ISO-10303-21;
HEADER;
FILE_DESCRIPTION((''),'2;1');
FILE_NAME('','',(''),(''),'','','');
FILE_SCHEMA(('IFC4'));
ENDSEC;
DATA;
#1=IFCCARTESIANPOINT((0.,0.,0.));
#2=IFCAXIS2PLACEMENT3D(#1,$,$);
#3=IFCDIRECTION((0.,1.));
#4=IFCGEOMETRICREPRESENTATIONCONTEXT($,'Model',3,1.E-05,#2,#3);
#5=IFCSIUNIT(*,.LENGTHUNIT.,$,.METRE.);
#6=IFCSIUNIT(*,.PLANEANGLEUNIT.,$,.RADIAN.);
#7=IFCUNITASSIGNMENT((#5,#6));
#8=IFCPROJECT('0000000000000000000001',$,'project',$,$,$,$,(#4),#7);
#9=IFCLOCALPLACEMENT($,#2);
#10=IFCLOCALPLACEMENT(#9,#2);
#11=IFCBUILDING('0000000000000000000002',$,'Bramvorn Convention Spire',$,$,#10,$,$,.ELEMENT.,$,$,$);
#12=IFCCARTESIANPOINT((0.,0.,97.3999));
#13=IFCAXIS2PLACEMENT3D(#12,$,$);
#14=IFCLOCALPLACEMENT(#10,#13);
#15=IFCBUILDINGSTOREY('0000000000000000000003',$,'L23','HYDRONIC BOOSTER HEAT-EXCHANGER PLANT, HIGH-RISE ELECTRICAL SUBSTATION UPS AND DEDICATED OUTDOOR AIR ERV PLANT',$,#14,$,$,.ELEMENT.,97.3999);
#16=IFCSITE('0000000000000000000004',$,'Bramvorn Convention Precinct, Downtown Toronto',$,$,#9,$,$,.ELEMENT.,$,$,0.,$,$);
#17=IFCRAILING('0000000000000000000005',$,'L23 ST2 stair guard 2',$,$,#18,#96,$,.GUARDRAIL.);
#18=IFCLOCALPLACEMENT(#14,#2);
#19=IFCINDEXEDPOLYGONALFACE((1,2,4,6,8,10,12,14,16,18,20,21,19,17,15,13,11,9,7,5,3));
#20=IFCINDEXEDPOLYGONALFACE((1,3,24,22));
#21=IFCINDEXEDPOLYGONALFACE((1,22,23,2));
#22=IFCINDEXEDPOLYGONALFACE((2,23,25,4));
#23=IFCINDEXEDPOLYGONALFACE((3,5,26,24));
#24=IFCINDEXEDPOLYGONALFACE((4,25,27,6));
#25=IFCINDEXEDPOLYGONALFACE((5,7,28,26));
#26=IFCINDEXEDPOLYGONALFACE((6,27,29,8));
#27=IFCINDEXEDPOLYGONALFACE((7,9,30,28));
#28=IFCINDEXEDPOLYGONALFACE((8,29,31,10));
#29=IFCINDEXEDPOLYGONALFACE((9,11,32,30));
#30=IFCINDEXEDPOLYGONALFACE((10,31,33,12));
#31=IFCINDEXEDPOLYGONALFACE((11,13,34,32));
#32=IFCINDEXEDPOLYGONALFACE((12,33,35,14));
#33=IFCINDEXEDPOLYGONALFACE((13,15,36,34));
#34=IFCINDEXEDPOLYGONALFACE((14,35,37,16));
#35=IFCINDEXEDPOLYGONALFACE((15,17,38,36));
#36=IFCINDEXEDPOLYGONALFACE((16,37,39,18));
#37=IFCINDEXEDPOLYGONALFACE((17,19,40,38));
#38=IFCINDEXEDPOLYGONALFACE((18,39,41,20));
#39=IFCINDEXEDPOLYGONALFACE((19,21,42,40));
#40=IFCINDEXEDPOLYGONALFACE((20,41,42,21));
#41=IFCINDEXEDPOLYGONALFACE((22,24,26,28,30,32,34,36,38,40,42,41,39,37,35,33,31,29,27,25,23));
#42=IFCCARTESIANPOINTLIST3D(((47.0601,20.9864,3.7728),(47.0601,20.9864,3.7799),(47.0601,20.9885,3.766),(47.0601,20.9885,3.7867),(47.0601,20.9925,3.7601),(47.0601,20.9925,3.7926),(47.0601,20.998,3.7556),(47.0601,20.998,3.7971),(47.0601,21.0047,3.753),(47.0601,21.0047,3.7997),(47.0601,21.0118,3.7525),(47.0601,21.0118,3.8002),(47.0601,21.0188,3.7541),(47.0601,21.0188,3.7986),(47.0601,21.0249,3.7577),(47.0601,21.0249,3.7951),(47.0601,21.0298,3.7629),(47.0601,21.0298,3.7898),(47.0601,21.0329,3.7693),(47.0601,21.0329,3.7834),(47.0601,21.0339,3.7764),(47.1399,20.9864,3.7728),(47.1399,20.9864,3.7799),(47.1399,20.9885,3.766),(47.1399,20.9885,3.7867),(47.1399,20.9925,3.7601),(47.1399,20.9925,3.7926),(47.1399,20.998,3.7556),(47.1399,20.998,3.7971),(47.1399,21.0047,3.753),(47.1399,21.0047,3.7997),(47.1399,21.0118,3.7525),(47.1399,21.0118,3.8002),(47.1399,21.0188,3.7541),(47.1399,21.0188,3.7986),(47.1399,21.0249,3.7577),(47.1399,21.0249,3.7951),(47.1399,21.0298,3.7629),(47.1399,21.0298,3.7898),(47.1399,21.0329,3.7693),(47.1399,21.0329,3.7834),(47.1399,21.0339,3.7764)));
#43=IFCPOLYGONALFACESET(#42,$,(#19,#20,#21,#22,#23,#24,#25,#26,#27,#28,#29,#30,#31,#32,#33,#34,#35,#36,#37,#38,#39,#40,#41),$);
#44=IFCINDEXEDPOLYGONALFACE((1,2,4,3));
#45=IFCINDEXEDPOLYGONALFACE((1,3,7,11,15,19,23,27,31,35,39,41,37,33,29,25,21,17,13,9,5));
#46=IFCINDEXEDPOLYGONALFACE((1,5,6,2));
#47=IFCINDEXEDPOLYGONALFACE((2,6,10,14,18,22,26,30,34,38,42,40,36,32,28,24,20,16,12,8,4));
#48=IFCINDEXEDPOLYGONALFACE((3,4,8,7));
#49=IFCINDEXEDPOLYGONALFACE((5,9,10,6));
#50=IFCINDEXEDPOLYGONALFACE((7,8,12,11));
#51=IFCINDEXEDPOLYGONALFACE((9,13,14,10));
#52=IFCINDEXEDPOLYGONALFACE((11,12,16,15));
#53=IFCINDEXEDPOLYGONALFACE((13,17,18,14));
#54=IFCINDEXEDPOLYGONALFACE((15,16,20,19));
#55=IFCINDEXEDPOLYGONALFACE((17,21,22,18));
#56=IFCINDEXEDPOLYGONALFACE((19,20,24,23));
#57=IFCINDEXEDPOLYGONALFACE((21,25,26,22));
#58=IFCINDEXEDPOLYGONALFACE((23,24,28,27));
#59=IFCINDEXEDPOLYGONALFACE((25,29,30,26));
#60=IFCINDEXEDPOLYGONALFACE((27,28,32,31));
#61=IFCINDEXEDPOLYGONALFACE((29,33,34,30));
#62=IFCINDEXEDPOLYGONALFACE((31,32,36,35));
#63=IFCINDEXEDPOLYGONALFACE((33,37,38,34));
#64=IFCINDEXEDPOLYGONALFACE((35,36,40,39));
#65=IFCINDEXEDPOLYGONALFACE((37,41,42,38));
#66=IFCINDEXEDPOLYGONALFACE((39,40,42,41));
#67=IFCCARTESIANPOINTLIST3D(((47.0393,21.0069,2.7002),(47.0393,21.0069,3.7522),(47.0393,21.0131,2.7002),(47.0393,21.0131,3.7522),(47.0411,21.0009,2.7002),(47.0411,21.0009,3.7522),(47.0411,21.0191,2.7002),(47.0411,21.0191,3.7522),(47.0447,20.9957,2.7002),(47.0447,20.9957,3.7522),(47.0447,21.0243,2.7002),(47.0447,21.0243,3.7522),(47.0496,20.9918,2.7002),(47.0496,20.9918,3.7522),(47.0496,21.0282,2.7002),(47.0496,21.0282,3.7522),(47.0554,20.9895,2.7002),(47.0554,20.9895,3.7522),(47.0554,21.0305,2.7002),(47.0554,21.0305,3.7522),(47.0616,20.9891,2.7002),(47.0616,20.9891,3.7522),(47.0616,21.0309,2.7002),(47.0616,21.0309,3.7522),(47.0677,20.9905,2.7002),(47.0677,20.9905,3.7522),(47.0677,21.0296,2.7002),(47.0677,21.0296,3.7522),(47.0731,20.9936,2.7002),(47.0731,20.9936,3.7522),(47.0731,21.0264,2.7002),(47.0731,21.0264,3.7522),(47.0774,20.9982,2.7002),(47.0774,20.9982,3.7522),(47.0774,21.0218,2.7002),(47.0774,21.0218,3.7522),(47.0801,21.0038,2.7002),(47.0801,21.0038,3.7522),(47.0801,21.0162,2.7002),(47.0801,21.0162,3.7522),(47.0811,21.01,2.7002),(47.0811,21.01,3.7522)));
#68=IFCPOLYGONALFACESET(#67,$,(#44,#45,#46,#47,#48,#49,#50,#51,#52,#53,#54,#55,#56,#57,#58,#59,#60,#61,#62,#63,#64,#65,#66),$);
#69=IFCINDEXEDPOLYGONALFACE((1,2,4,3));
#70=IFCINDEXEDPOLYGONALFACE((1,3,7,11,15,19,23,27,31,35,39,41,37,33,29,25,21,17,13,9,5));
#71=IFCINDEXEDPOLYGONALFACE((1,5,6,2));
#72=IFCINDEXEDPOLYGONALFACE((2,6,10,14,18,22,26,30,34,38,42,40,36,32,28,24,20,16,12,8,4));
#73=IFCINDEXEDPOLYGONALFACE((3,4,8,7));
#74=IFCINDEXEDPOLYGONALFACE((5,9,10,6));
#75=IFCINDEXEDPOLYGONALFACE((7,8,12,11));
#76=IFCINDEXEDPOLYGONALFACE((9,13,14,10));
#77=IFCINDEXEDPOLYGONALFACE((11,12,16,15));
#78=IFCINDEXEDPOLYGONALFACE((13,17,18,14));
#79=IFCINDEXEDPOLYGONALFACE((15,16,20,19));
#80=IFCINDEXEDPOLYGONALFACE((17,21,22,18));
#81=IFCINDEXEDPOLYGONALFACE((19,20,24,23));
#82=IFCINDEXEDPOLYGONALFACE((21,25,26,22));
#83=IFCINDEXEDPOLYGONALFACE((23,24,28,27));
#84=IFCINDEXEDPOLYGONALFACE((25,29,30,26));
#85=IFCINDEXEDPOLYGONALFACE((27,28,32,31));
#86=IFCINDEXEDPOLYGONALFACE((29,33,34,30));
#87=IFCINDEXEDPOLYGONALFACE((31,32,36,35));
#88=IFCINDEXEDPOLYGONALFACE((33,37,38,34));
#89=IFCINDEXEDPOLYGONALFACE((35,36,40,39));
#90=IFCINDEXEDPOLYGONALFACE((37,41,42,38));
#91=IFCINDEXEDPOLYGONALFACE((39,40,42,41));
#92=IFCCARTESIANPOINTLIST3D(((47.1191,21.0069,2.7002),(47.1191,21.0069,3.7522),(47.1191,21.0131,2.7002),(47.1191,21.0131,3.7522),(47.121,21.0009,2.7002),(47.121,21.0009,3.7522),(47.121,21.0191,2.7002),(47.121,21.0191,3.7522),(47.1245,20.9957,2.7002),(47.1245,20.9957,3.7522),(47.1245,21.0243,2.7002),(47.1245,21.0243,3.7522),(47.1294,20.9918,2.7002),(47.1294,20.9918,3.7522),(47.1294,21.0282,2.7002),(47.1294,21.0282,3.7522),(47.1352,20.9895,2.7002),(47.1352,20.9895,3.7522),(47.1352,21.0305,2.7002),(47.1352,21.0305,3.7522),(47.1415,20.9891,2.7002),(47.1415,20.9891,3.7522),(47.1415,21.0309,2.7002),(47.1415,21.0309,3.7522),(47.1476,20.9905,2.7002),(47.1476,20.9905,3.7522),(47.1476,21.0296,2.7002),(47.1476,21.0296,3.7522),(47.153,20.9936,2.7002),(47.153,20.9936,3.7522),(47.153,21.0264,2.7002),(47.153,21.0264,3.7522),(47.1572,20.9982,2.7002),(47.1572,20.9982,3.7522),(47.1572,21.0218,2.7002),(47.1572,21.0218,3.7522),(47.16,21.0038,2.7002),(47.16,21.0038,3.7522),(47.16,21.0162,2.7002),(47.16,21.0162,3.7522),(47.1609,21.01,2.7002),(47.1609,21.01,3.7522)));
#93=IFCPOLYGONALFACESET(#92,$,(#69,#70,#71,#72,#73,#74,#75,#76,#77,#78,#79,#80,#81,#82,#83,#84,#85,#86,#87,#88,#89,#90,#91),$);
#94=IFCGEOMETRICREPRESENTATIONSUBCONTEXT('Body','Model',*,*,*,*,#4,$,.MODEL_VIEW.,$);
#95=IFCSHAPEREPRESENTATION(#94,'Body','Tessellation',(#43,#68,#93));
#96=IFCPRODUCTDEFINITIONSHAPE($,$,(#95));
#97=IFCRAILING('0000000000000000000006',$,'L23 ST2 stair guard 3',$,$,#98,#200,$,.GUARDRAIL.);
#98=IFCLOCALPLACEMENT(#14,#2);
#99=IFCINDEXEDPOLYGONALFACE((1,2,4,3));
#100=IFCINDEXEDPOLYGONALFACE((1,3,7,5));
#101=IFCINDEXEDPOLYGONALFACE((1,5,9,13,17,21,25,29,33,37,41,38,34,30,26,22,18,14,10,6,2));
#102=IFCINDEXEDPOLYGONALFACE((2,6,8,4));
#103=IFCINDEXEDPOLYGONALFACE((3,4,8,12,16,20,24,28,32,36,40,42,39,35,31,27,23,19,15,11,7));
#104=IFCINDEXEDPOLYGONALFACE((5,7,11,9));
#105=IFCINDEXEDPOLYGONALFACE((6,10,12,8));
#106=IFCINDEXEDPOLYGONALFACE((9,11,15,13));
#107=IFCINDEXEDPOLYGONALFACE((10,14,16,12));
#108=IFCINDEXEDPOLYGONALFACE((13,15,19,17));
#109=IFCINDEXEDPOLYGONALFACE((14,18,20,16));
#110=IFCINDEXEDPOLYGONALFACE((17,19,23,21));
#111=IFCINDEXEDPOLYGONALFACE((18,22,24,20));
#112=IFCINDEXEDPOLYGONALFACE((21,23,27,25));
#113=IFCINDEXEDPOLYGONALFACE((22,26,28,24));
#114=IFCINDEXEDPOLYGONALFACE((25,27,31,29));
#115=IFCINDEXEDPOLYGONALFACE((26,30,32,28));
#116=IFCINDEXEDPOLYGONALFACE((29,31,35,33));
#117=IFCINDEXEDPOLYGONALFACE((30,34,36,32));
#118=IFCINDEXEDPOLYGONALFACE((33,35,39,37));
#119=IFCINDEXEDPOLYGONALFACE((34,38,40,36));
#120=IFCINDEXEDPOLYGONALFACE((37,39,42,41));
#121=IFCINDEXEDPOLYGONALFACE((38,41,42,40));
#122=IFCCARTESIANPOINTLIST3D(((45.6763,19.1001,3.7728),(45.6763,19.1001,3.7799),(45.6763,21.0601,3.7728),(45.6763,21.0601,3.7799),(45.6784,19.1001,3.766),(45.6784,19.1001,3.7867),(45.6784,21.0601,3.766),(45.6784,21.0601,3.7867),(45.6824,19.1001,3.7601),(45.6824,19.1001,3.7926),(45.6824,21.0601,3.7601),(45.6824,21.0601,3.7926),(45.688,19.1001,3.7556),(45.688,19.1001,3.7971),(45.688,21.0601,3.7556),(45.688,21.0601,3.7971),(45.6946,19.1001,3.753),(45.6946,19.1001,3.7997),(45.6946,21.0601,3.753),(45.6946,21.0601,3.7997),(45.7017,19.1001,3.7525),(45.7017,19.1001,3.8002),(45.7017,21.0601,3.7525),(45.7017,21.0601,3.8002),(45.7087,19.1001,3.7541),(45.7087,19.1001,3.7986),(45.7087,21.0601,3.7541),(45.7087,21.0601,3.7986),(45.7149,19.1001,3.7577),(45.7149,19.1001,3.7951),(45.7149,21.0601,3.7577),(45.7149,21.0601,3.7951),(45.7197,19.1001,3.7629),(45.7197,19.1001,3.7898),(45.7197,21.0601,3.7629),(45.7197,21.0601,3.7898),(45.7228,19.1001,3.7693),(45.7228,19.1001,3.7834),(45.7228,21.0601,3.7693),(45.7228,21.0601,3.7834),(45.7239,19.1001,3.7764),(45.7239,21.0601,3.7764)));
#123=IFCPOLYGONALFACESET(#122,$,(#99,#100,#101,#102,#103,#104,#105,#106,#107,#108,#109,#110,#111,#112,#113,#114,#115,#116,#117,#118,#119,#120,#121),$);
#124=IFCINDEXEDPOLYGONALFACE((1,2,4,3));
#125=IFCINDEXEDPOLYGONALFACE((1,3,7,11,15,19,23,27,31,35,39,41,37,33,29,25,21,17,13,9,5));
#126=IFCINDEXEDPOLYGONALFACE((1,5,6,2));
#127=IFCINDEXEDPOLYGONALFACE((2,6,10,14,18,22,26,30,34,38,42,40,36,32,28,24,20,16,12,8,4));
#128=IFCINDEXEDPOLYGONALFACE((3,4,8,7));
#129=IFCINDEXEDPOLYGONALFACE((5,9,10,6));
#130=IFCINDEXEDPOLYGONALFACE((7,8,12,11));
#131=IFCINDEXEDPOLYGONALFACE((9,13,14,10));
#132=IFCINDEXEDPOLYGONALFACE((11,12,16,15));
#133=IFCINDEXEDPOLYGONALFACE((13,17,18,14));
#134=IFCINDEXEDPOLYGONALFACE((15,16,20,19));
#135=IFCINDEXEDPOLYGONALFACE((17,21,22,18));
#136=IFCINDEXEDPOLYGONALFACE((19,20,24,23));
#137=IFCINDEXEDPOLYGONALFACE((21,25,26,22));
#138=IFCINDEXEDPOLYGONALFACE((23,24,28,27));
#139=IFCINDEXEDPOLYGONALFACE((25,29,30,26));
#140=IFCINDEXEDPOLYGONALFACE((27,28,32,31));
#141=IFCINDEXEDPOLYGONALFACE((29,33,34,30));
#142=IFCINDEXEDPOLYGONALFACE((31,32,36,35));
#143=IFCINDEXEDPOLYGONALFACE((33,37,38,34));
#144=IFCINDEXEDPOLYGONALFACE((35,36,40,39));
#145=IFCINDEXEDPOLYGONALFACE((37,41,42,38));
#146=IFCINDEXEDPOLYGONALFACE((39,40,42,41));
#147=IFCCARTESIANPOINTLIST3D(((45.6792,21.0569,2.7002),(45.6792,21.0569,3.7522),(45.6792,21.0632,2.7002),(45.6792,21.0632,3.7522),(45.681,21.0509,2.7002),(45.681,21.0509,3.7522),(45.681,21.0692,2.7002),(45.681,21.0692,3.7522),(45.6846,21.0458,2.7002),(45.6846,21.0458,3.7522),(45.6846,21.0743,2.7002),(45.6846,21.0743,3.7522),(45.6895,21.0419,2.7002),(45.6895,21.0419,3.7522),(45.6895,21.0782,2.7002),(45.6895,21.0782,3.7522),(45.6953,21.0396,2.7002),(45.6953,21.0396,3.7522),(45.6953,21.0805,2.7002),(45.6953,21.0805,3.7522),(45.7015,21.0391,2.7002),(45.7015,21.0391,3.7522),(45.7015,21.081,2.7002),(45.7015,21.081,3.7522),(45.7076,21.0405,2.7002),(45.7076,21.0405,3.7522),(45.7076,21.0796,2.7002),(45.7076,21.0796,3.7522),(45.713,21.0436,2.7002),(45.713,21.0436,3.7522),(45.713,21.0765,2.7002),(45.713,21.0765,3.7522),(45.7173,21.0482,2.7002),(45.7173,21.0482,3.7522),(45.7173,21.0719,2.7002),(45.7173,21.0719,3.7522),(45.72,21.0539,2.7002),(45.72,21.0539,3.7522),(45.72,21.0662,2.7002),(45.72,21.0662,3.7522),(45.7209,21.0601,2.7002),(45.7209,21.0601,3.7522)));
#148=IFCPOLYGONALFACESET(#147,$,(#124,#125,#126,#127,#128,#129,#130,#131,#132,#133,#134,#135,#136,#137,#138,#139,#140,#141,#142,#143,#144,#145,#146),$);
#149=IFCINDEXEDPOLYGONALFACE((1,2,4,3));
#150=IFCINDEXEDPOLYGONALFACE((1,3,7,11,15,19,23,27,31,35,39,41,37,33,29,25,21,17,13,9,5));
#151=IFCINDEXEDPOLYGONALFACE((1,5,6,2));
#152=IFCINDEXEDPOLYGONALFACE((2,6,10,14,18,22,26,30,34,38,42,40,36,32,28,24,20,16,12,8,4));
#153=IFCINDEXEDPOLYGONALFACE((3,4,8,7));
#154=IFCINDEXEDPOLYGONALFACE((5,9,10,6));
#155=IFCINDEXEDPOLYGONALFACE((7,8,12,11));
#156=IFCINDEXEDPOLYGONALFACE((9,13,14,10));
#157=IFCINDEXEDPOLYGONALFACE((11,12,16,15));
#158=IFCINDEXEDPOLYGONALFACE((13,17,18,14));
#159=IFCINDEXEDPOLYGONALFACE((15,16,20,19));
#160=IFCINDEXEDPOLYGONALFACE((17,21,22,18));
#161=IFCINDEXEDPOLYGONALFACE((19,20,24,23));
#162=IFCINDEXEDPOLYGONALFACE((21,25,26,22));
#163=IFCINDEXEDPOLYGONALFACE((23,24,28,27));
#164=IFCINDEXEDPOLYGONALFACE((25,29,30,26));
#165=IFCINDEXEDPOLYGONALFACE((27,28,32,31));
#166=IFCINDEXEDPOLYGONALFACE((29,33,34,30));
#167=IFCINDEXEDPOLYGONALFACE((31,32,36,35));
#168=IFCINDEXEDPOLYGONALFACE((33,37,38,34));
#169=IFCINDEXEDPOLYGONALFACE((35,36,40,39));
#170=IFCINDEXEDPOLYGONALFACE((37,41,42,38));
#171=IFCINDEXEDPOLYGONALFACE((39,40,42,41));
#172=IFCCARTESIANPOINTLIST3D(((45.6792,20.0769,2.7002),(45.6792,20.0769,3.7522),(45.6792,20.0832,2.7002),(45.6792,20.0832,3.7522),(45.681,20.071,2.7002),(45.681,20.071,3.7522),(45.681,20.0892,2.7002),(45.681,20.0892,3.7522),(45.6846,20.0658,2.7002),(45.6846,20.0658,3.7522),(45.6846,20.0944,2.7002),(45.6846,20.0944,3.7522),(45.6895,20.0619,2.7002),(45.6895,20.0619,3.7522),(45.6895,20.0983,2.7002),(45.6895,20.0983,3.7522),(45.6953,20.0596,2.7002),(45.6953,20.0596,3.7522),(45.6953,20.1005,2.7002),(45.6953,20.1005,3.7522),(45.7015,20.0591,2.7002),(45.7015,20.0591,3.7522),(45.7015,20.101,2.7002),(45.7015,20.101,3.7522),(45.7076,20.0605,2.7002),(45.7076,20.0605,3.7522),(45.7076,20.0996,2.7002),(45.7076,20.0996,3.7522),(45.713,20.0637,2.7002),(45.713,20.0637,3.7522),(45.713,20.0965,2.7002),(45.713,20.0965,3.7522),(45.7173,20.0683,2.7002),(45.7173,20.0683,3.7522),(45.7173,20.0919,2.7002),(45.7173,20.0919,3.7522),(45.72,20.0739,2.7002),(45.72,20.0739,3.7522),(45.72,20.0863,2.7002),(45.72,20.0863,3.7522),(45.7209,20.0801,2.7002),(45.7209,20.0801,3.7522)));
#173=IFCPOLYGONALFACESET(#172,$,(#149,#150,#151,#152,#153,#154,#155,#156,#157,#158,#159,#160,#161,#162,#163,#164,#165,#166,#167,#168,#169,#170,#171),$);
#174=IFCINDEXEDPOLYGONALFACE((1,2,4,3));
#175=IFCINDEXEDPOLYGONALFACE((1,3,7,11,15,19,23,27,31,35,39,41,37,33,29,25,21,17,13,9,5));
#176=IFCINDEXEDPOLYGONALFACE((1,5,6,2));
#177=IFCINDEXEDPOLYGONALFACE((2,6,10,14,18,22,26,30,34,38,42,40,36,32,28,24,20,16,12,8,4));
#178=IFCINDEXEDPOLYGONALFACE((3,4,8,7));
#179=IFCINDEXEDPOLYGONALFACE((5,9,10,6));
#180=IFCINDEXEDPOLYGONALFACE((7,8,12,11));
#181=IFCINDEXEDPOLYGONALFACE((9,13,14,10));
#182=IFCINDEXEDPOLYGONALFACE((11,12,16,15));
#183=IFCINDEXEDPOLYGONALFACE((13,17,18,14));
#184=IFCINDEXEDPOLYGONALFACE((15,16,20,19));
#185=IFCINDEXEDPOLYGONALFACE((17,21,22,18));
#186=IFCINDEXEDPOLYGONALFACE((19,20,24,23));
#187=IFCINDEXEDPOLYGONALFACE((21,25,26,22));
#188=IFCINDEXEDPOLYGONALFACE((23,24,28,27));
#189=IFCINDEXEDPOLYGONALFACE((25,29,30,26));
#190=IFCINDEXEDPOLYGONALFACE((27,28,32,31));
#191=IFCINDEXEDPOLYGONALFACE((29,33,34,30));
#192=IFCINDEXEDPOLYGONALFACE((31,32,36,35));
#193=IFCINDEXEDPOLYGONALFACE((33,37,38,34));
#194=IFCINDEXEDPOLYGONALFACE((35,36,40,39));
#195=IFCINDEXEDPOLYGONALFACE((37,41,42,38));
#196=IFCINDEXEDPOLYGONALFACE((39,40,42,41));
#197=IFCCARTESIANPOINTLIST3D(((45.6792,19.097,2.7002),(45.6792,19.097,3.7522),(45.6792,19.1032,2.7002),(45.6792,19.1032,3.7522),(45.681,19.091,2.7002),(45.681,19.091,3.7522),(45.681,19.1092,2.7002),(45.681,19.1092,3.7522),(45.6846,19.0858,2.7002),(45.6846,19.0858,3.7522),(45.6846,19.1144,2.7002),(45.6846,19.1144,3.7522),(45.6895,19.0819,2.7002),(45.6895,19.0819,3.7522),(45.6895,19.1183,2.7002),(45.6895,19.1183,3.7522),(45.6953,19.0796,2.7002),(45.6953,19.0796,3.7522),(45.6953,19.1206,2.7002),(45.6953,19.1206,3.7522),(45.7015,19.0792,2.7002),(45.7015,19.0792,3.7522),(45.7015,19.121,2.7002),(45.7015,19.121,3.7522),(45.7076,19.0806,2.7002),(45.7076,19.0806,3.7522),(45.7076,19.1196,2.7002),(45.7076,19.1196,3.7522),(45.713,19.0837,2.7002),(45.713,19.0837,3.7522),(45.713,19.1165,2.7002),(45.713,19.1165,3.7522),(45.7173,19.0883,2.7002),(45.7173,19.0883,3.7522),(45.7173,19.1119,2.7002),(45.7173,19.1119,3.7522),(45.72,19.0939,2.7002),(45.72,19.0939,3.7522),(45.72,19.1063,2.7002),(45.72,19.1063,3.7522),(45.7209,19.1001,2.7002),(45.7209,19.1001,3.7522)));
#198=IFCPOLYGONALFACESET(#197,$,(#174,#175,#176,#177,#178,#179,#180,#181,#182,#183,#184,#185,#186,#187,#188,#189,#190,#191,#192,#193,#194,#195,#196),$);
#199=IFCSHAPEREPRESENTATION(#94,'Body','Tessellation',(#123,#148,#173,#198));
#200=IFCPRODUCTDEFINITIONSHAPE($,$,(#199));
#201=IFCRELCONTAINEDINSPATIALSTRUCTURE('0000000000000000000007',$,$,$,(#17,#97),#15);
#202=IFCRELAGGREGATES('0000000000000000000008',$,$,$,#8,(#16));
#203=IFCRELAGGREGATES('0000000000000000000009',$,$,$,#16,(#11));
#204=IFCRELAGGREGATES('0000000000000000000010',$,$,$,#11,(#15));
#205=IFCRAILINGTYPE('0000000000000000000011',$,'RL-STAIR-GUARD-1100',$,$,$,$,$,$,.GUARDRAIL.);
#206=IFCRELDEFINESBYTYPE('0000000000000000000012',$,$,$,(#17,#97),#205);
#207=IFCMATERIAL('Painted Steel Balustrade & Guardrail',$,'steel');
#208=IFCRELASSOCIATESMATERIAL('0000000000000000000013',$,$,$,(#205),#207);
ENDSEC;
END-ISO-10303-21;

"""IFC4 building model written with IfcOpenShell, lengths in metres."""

from ifc_helpers import new_model, si_unit, direction, frame, origin, origin_2d, place, context, subcontext, project, spatial, circle, extrude, material, type_object, element, save


model = new_model("IFC4")

# Units and contexts
model_context = context("Model", 3, precision=1e-05, world=origin(), true_north=direction((0.0, 1.0)))
body_context = subcontext(model_context, "Body", "Model", "MODEL_VIEW")
ifc_project = project(units=[si_unit("LENGTHUNIT", "METRE"), si_unit("PLANEANGLEUNIT", "RADIAN")], contexts=[model_context])

# Site, building, storey
site_placement = place(None, origin())
site = spatial("IfcSite", under=ifc_project, at=site_placement, Name="Bramvorn Convention Precinct, Downtown Toronto", CompositionType="ELEMENT", RefElevation=0.0)
building_placement = place(site_placement, origin())
building = spatial("IfcBuilding", under=site, at=building_placement, Name="Bramvorn Convention Spire", CompositionType="ELEMENT")
storey_placement = place(building_placement, frame((0.0, 0.0, 97.3999)))
storey = spatial("IfcBuildingStorey", under=building, at=storey_placement, Name="L23", Description="HYDRONIC BOOSTER HEAT-EXCHANGER PLANT, HIGH-RISE ELECTRICAL SUBSTATION UPS AND DEDICATED OUTDOOR AIR ERV PLANT", CompositionType="ELEMENT", Elevation=97.3999)

# Railings
ifc_material_1 = material(Name="Painted Steel Balustrade & Guardrail", Category="steel")
railing_type_1 = type_object("IfcRailingType", Name="RL-STAIR-GUARD-1100", PredefinedType="GUARDRAIL", material=ifc_material_1)
railing_1_placement = place(storey_placement, frame((47.0601, 21.01, 2.7002)))
element("IfcRailing", 1, at=railing_1_placement, inside=storey, type_object=railing_type_1, Name="L23 ST2 stair guard 2", PredefinedType="GUARDRAIL", context=body_context, shape_type="SweptSolid", body=[
    extrude(circle(Radius=0.0239, at=origin_2d()), frame((0.0, 0.0, 1.0762), z_axis=(1.0, 0.0, 0.0), x_axis=(0.0, 1.0, 0.0)), (0.0, 0.0, 1.0), 0.0798),
    extrude(circle(Radius=0.021, at=origin_2d()), origin(), (0.0, 0.0, 1.0), 1.052),
    extrude(circle(Radius=0.021, at=origin_2d()), frame((0.0798, 0.0, 0.0)), (0.0, 0.0, 1.0), 1.052),
])
for number, where, name in (
    (2, (45.7, 21.0601, 2.7002), "L23 ST2 stair guard 3"),
):
    element("IfcRailing", number, at=place(storey_placement, frame(where)), inside=storey, type_object=railing_type_1, Name=name, PredefinedType="GUARDRAIL", context=body_context, shape_type="SweptSolid", body=[
        extrude(circle(Radius=0.0239, at=origin_2d()), frame((0.0, 0.0, 1.0762), z_axis=(0.0, -1.0, 0.0), x_axis=(1.0, 0.0, 0.0)), (0.0, 0.0, 1.0), 1.96),
        extrude(circle(Radius=0.021, at=origin_2d()), origin(), (0.0, 0.0, 1.0), 1.052),
        extrude(circle(Radius=0.021, at=origin_2d()), frame((0.0, -0.98, 0.0)), (0.0, 0.0, 1.0), 1.052),
        extrude(circle(Radius=0.021, at=origin_2d()), frame((0.0, -1.96, 0.0)), (0.0, 0.0, 1.0), 1.052),
    ])

save(model, "model.ifc")
